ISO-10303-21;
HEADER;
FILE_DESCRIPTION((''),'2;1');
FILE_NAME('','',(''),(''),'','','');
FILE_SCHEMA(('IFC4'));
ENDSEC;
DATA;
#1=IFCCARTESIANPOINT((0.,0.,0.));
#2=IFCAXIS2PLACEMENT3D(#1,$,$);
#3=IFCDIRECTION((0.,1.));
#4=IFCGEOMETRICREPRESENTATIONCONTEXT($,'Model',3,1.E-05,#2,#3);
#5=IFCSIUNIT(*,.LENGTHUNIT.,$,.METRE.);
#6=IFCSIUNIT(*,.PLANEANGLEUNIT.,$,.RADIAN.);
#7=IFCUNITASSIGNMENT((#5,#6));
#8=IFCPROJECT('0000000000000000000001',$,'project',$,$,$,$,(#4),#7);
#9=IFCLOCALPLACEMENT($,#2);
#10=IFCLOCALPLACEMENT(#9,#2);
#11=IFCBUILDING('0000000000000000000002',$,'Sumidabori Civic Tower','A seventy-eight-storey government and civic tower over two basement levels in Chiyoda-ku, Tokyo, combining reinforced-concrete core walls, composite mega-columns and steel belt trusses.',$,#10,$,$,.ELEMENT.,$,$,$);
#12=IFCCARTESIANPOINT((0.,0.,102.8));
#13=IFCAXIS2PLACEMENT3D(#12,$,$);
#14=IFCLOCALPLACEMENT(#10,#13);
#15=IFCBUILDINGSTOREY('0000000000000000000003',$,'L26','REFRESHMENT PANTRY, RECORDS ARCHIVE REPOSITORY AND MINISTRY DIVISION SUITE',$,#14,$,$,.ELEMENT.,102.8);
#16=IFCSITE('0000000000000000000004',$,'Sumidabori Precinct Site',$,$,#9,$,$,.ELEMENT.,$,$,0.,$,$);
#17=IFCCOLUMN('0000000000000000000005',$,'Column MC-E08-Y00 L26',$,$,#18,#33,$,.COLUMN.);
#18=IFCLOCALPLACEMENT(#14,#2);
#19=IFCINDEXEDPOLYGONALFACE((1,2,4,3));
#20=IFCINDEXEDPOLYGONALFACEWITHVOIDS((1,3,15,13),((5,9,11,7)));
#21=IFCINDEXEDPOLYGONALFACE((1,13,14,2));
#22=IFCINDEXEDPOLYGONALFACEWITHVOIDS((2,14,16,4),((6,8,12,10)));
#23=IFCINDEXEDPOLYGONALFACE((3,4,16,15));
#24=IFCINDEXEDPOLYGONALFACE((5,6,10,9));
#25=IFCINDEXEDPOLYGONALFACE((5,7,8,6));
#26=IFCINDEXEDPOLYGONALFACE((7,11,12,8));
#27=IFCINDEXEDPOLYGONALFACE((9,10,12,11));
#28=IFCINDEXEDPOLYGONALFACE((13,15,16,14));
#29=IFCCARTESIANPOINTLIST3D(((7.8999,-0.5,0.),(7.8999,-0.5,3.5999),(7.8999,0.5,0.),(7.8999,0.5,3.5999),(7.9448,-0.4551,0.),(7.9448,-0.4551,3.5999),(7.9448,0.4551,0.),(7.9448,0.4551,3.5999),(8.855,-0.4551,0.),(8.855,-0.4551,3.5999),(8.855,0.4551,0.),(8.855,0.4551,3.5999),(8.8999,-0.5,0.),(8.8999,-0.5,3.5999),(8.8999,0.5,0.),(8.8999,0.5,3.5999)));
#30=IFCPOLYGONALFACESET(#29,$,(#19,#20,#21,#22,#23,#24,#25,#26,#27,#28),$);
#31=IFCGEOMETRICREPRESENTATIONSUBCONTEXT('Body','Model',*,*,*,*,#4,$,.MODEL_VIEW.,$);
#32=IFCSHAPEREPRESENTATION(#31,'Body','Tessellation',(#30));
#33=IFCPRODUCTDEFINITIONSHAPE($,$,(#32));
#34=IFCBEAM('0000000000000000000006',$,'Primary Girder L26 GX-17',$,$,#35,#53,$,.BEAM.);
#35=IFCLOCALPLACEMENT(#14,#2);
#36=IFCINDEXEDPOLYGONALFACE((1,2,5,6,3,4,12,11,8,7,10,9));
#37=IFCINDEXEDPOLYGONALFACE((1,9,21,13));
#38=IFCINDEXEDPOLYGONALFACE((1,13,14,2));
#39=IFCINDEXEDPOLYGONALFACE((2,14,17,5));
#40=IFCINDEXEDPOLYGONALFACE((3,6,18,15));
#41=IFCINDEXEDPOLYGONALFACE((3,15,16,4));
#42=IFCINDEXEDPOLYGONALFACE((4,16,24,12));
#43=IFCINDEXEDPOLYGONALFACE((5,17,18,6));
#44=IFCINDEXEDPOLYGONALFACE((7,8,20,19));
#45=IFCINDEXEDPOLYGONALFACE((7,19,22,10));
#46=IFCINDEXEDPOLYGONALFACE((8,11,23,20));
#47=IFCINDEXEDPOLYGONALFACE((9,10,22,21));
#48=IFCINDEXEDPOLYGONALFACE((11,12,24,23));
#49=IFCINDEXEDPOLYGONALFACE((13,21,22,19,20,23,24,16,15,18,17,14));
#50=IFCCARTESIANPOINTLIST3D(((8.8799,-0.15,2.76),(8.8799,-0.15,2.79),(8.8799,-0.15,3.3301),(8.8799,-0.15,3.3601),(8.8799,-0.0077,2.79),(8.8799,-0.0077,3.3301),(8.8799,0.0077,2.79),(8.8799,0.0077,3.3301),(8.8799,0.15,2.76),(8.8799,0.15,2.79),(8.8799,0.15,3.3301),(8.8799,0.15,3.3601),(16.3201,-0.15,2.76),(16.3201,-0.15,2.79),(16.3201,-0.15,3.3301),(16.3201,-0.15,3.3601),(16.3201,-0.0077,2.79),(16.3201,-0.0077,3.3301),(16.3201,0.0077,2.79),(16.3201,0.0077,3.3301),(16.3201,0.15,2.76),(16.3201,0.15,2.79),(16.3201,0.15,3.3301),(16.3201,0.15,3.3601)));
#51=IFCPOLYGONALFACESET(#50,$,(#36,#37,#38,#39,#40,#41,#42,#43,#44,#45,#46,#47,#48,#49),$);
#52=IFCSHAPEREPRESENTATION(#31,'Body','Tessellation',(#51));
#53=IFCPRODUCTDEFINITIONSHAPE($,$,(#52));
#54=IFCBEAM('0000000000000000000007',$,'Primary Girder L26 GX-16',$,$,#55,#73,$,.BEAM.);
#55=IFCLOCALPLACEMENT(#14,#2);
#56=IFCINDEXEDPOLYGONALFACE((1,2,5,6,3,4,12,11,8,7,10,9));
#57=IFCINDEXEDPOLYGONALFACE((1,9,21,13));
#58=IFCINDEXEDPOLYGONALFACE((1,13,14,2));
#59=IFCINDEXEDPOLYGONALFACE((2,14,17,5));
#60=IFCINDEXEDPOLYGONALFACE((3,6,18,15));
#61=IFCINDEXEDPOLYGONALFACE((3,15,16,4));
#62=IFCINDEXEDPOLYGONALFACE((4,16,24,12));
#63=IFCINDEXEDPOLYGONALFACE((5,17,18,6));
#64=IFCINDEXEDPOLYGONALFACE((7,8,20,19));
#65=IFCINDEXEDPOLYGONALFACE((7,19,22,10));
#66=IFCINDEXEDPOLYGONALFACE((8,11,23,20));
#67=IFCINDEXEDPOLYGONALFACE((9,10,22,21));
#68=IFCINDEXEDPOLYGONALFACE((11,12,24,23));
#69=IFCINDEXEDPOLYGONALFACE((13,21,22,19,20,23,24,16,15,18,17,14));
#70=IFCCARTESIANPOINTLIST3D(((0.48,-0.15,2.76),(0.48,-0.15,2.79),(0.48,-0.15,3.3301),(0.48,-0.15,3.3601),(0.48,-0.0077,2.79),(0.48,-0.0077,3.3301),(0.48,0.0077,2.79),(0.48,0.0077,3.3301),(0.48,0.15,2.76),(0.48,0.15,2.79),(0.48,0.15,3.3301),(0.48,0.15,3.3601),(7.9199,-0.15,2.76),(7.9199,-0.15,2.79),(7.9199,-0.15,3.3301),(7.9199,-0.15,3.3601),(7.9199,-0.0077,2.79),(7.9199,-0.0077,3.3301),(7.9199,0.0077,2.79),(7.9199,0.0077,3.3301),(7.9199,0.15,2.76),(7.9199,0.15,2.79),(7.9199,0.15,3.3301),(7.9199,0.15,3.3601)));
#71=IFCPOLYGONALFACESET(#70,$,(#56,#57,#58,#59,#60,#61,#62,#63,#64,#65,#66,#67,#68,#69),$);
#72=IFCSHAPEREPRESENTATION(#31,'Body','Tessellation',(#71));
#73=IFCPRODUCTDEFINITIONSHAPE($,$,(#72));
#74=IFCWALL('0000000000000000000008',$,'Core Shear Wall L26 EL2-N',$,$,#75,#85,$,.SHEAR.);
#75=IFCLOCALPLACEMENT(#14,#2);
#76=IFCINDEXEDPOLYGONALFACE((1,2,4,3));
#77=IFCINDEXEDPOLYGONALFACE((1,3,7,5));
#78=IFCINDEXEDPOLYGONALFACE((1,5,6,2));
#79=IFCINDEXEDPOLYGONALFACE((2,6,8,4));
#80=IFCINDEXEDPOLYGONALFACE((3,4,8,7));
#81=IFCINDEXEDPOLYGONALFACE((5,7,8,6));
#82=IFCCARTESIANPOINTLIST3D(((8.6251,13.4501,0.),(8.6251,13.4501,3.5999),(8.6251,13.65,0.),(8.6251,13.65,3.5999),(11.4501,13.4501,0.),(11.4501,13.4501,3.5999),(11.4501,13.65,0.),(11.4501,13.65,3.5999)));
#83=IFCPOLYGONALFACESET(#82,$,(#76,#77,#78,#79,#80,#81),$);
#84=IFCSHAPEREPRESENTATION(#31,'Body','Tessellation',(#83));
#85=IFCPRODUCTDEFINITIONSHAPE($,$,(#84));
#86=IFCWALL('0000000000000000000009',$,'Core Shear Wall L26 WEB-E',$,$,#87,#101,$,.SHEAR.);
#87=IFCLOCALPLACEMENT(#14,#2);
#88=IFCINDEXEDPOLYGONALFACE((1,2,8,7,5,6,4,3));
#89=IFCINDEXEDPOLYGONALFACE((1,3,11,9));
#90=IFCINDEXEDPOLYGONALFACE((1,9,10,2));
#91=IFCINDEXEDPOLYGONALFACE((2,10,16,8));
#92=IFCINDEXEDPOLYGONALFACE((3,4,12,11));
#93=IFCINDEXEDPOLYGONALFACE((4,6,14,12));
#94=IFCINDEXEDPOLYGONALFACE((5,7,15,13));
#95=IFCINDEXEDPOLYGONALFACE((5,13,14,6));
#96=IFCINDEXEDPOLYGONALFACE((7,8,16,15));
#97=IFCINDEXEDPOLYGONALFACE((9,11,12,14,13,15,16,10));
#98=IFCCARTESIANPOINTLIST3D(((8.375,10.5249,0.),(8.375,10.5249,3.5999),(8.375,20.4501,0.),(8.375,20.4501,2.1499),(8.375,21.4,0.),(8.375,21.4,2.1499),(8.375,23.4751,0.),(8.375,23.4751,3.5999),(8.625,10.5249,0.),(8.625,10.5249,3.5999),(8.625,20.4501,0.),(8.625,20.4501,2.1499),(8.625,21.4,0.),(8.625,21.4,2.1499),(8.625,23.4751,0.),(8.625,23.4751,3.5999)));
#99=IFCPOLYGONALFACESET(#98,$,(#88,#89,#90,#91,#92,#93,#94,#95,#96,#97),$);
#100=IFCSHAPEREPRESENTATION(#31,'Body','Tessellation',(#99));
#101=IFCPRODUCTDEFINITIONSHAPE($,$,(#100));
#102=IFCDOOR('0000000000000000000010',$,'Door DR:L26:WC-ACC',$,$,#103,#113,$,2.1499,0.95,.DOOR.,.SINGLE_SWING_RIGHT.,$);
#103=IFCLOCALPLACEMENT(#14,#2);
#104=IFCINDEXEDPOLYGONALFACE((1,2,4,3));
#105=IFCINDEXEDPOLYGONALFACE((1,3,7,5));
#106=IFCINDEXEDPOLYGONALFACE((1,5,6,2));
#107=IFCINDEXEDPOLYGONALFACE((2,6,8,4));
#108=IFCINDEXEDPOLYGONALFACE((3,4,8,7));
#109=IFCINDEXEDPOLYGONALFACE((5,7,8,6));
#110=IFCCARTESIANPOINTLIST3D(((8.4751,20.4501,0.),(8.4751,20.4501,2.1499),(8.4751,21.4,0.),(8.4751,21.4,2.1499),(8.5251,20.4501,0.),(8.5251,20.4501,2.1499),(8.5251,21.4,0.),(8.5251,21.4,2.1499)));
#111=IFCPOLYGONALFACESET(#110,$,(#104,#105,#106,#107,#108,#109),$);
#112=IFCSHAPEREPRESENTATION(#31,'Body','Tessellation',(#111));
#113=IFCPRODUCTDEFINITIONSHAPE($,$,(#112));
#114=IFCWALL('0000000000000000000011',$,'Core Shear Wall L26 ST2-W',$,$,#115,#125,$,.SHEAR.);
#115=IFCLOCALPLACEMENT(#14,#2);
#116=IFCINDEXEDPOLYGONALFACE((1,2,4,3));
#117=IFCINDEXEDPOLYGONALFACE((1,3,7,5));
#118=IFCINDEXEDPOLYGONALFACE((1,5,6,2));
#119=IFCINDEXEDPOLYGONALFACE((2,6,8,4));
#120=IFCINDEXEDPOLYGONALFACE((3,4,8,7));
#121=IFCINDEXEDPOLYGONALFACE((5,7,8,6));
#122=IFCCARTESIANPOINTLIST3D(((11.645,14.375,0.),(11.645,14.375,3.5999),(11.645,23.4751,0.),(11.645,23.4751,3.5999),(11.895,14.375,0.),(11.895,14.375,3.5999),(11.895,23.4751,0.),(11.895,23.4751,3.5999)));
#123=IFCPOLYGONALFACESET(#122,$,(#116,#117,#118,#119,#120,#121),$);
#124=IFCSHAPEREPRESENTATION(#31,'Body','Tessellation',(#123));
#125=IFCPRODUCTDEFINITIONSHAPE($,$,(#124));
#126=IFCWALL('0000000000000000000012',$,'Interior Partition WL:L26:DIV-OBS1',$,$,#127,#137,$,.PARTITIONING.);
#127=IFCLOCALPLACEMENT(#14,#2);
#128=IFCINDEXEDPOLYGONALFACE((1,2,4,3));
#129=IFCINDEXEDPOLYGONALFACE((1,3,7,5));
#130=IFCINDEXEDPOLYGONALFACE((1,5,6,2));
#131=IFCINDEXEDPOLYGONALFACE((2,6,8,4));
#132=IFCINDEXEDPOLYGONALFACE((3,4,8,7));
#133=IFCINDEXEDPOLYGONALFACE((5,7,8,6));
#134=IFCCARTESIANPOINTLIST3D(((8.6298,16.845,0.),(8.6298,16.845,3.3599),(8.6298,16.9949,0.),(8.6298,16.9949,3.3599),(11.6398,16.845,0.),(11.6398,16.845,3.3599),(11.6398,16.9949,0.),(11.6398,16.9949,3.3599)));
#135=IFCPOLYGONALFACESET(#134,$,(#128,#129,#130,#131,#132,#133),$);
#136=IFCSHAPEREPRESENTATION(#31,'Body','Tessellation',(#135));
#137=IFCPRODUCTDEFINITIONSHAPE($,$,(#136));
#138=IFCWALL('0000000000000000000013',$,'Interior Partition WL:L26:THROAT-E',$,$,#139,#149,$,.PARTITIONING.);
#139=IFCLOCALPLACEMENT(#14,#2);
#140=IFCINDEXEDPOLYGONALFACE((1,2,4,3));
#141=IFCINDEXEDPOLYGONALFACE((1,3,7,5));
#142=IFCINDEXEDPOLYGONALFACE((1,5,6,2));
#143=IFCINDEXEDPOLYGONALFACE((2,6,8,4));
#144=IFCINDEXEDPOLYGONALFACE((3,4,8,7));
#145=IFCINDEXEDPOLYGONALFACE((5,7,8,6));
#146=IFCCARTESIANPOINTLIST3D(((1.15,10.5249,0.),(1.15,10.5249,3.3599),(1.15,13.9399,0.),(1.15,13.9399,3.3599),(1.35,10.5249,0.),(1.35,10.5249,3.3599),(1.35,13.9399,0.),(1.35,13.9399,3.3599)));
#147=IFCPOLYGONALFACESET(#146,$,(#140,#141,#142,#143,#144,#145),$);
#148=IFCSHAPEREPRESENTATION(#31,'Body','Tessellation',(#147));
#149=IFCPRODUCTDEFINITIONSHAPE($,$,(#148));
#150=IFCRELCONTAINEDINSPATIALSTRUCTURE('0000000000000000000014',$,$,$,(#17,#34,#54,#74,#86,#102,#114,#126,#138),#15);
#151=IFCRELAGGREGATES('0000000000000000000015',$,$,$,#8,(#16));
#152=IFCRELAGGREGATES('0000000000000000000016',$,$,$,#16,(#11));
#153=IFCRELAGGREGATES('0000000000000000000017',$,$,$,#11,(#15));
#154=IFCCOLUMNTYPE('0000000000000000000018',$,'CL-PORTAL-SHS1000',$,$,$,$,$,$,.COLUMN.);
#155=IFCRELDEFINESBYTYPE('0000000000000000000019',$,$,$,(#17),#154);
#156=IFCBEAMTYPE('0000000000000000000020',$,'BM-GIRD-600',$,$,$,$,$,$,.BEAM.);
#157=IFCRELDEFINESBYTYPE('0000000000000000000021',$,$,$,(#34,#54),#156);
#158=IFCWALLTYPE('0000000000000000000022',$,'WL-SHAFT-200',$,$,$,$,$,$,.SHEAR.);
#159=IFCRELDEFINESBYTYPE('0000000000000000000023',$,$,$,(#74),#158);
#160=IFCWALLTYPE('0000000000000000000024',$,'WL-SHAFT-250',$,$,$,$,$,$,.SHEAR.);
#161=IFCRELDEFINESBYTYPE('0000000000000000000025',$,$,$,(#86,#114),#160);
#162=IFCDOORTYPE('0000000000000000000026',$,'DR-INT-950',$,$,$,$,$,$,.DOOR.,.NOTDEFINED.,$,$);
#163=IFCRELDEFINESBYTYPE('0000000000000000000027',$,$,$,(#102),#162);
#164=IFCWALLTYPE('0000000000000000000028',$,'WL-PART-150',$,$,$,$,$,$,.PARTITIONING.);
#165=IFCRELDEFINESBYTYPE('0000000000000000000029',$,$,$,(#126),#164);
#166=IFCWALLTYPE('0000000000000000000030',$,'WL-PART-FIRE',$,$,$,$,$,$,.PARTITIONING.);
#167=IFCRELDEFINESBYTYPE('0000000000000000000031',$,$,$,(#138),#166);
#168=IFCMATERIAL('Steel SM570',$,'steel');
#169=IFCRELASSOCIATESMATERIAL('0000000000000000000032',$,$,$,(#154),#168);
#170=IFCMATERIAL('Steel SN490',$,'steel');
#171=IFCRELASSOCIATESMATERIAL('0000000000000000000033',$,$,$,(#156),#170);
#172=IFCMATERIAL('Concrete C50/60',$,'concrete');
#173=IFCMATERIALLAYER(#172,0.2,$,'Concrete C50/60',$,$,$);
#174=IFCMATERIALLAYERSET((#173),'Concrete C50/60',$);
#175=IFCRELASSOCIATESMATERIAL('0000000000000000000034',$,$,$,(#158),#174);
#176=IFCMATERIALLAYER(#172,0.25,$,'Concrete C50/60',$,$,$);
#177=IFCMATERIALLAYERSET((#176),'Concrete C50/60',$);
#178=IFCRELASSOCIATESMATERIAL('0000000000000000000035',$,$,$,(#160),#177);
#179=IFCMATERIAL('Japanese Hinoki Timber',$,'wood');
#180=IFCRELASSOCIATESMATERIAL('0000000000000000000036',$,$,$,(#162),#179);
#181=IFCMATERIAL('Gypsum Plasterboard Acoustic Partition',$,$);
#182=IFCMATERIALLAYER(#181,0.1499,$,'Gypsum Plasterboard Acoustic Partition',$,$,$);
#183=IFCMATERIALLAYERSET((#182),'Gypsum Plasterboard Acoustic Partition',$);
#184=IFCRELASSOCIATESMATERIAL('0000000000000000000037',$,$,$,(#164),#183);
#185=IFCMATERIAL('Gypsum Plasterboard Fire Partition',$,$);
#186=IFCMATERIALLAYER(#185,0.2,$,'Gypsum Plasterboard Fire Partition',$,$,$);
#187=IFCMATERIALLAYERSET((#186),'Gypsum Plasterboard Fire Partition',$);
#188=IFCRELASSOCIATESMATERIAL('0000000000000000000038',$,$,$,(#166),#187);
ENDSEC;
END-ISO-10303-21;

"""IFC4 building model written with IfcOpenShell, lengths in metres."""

from ifc_helpers import new_model, si_unit, direction, frame, frame_2d, origin, origin_2d, place, context, subcontext, project, spatial, rectangle, hollow_rectangle, i_section, extrude, source, transform, mapped, material, layer, layer_set, material_profile, profile_set, type_object, element, fill, save


model = new_model("IFC4")

# Units and contexts
model_context = context("Model", 3, precision=1e-05, world=origin(), true_north=direction((0.0, 1.0)))
body_context = subcontext(model_context, "Body", "Model", "MODEL_VIEW")
ifc_project = project(units=[si_unit("LENGTHUNIT", "METRE"), si_unit("PLANEANGLEUNIT", "RADIAN")], contexts=[model_context])

# Site, building, storey
site_placement = place(None, origin())
site = spatial("IfcSite", under=ifc_project, at=site_placement, Name="Sumidabori Precinct Site", CompositionType="ELEMENT", RefElevation=0.0)
building_placement = place(site_placement, origin())
building = spatial("IfcBuilding", under=site, at=building_placement, Name="Sumidabori Civic Tower", Description="A seventy-eight-storey government and civic tower over two basement levels in Chiyoda-ku, Tokyo, combining reinforced-concrete core walls, composite mega-columns and steel belt trusses.", CompositionType="ELEMENT")
storey_placement = place(building_placement, frame((0.0, 0.0, 102.8)))
storey = spatial("IfcBuildingStorey", under=building, at=storey_placement, Name="L26", Description="REFRESHMENT PANTRY, RECORDS ARCHIVE REPOSITORY AND MINISTRY DIVISION SUITE", CompositionType="ELEMENT", Elevation=102.8)

# Column
ifc_material_1 = material(Name="Steel SM570", Category="steel")
ifc_material_profile_1 = material_profile(ifc_material_1, hollow_rectangle(XDim=1.0, YDim=1.0, WallThickness=0.0449, at=origin_2d()), Name="SHS 1000x1000x45")
ifc_profile_set_1 = profile_set([ifc_material_profile_1], Name="Steel SM570")
column_type = type_object("IfcColumnType", Name="CL-PORTAL-SHS1000", PredefinedType="COLUMN", material=ifc_profile_set_1)
shared_shape_1 = source(origin(), body_context, "Body", "SweptSolid", [
    extrude(hollow_rectangle(XDim=1.0, YDim=1.0, WallThickness=0.0449, at=origin_2d()), origin(), (0.0, 0.0, 1.0), 3.5999),
])
column_placement = place(storey_placement, frame((8.3999, 0.0, 0.0), z_axis=(0.0, 0.0, 1.0), x_axis=(1.0, 0.0, 0.0)))
element("IfcColumn", 1, at=column_placement, inside=storey, type_object=column_type, Name="Column MC-E08-Y00 L26", PredefinedType="COLUMN", context=body_context, shape_type="MappedRepresentation", body=[
    mapped(shared_shape_1, transform((0.0, 0.0, 0.0), x_axis=(1.0, 0.0, 0.0), y_axis=(0.0, 1.0, 0.0), z_axis=(0.0, 0.0, 1.0), scale=1.0)),
])

# Beams
ifc_material_2 = material(Name="Steel SN490", Category="steel")
ifc_material_profile_2 = material_profile(ifc_material_2, i_section(OverallWidth=0.3, OverallDepth=0.6001, WebThickness=0.0154, FlangeThickness=0.03, at=origin_2d()), Name="HE 600 B")
ifc_profile_set_2 = profile_set([ifc_material_profile_2], Name="Steel SN490")
beam_type = type_object("IfcBeamType", Name="BM-GIRD-600", PredefinedType="BEAM", material=ifc_profile_set_2)
shared_shape_2 = source(origin(), body_context, "Body", "SweptSolid", [
    extrude(i_section(OverallWidth=0.3, OverallDepth=0.6001, WebThickness=0.0154, FlangeThickness=0.03, at=origin_2d()), origin(), (0.0, 0.0, 1.0), 7.4402),
])
beam_1_placement = place(storey_placement, frame((8.8799, 0.0, 3.0601), z_axis=(1.0, 0.0, 0.0), x_axis=(0.0, 1.0, 0.0)))
element("IfcBeam", 2, at=beam_1_placement, inside=storey, type_object=beam_type, Name="Primary Girder L26 GX-17", PredefinedType="BEAM", context=body_context, shape_type="MappedRepresentation", body=[
    mapped(shared_shape_2, transform((0.0, 0.0, 0.0), x_axis=(1.0, 0.0, 0.0), y_axis=(0.0, 1.0, 0.0), z_axis=(0.0, 0.0, 1.0), scale=1.0)),
])
shared_shape_3 = source(origin(), body_context, "Body", "SweptSolid", [
    extrude(i_section(OverallWidth=0.3, OverallDepth=0.6001, WebThickness=0.0154, FlangeThickness=0.03, at=origin_2d()), origin(), (0.0, 0.0, 1.0), 7.4399),
])
beam_2_placement = place(storey_placement, frame((0.48, 0.0, 3.0601), z_axis=(1.0, 0.0, 0.0), x_axis=(0.0, 1.0, 0.0)))
element("IfcBeam", 3, at=beam_2_placement, inside=storey, type_object=beam_type, Name="Primary Girder L26 GX-16", PredefinedType="BEAM", context=body_context, shape_type="MappedRepresentation", body=[
    mapped(shared_shape_3, transform((0.0, 0.0, 0.0), x_axis=(1.0, 0.0, 0.0), y_axis=(0.0, 1.0, 0.0), z_axis=(0.0, 0.0, 1.0), scale=1.0)),
])

# Wall
ifc_material_3 = material(Name="Concrete C50/60", Category="concrete")
ifc_layer_1 = layer(ifc_material_3, 0.2, Name="Concrete C50/60")
ifc_layer_set_1 = layer_set([ifc_layer_1], Name="Concrete C50/60")
wall_type_1 = type_object("IfcWallType", Name="WL-SHAFT-200", PredefinedType="SHEAR", material=ifc_layer_set_1)
shared_shape_4 = source(origin(), body_context, "Body", "SweptSolid", [
    extrude(rectangle(XDim=2.825, YDim=0.2, at=frame_2d((1.4126, 0.0))), origin(), (0.0, 0.0, 1.0), 3.5999),
])
wall_1_placement = place(storey_placement, frame((8.625, 13.55, 0.0), z_axis=(0.0, 0.0, 1.0), x_axis=(1.0, 0.0, 0.0)))
element("IfcWall", 4, at=wall_1_placement, inside=storey, type_object=wall_type_1, Name="Core Shear Wall L26 EL2-N", PredefinedType="SHEAR", context=body_context, shape_type="MappedRepresentation", body=[
    mapped(shared_shape_4, transform((0.0, 0.0, 0.0), x_axis=(1.0, 0.0, 0.0), y_axis=(0.0, 1.0, 0.0), z_axis=(0.0, 0.0, 1.0), scale=1.0)),
])

# Wall, opening, door
ifc_layer_2 = layer(ifc_material_3, 0.25, Name="Concrete C50/60")
ifc_layer_set_2 = layer_set([ifc_layer_2], Name="Concrete C50/60")
wall_type_2 = type_object("IfcWallType", Name="WL-SHAFT-250", PredefinedType="SHEAR", material=ifc_layer_set_2)
shared_shape_5 = source(origin(), body_context, "Body", "SweptSolid", [
    extrude(rectangle(XDim=12.9502, YDim=0.25, at=frame_2d((6.4751, 0.0))), origin(), (0.0, 0.0, 1.0), 3.5999),
])
wall_2_placement = place(storey_placement, frame((8.5, 10.5249, 0.0), z_axis=(0.0, 0.0, 1.0), x_axis=(0.0, 1.0, 0.0)))
wall_2 = element("IfcWall", 5, at=wall_2_placement, inside=storey, type_object=wall_type_2, Name="Core Shear Wall L26 WEB-E", PredefinedType="SHEAR", context=body_context, shape_type="MappedRepresentation", body=[
    mapped(shared_shape_5, transform((0.0, 0.0, 0.0), x_axis=(1.0, 0.0, 0.0), y_axis=(0.0, 1.0, 0.0), z_axis=(0.0, 0.0, 1.0), scale=1.0)),
])
opening_1_placement = place(wall_2_placement, frame((9.925, 0.0, 0.0)))
opening_1 = element("IfcOpeningElement", 6, at=opening_1_placement, cuts=wall_2, PredefinedType="OPENING", context=body_context, shape_type="SweptSolid", body=[
    extrude(rectangle(XDim=0.95, YDim=2.1499, at=frame_2d((0.4751, 1.075))), frame((0.0, 0.137, 0.0), z_axis=(0.0, -1.0, 0.0), x_axis=(1.0, 0.0, 0.0)), (0.0, 0.0, 1.0), 0.2739),
])
ifc_material_4 = material(Name="Japanese Hinoki Timber", Category="wood")
door_type_1 = type_object("IfcDoorType", Name="DR-INT-950", OperationType="NOTDEFINED", PredefinedType="DOOR", material=ifc_material_4)
shared_shape_6 = source(origin(), body_context, "Body", "SweptSolid", [
    extrude(rectangle(XDim=0.95, YDim=2.1499, at=frame_2d((0.4751, 1.075))), frame((0.0, 0.0249, 0.0), z_axis=(0.0, -1.0, 0.0), x_axis=(1.0, 0.0, 0.0)), (0.0, 0.0, 1.0), 0.05),
])
door_1_placement = place(opening_1_placement, origin())
door_1 = element("IfcDoor", 7, at=door_1_placement, inside=storey, type_object=door_type_1, Name="Door DR:L26:WC-ACC", OperationType="SINGLE_SWING_RIGHT", OverallHeight=2.1499, OverallWidth=0.95, PredefinedType="DOOR", context=body_context, shape_type="MappedRepresentation", body=[
    mapped(shared_shape_6, transform((0.0, 0.0, 0.0), x_axis=(1.0, 0.0, 0.0), y_axis=(0.0, 1.0, 0.0), z_axis=(0.0, 0.0, 1.0), scale=1.0)),
])
fill(opening_1, door_1)

# Wall
shared_shape_7 = source(origin(), body_context, "Body", "SweptSolid", [
    extrude(rectangle(XDim=9.1001, YDim=0.25, at=frame_2d((4.55, 0.0))), origin(), (0.0, 0.0, 1.0), 3.5999),
])
wall_3_placement = place(storey_placement, frame((11.77, 14.375, 0.0), z_axis=(0.0, 0.0, 1.0), x_axis=(0.0, 1.0, 0.0)))
element("IfcWall", 8, at=wall_3_placement, inside=storey, type_object=wall_type_2, Name="Core Shear Wall L26 ST2-W", PredefinedType="SHEAR", context=body_context, shape_type="MappedRepresentation", body=[
    mapped(shared_shape_7, transform((0.0, 0.0, 0.0), x_axis=(1.0, 0.0, 0.0), y_axis=(0.0, 1.0, 0.0), z_axis=(0.0, 0.0, 1.0), scale=1.0)),
])

# Wall
ifc_material_5 = material(Name="Gypsum Plasterboard Acoustic Partition")
ifc_layer_3 = layer(ifc_material_5, 0.1499, Name="Gypsum Plasterboard Acoustic Partition")
ifc_layer_set_3 = layer_set([ifc_layer_3], Name="Gypsum Plasterboard Acoustic Partition")
wall_type_3 = type_object("IfcWallType", Name="WL-PART-150", PredefinedType="PARTITIONING", material=ifc_layer_set_3)
shared_shape_8 = source(origin(), body_context, "Body", "SweptSolid", [
    extrude(rectangle(XDim=3.01, YDim=0.1499, at=frame_2d((1.5049, 0.0))), origin(), (0.0, 0.0, 1.0), 3.3599),
])
wall_4_placement = place(storey_placement, frame((8.6299, 16.9199, 0.0), z_axis=(0.0, 0.0, 1.0), x_axis=(1.0, 0.0, 0.0)))
element("IfcWall", 9, at=wall_4_placement, inside=storey, type_object=wall_type_3, Name="Interior Partition WL:L26:DIV-OBS1", PredefinedType="PARTITIONING", context=body_context, shape_type="MappedRepresentation", body=[
    mapped(shared_shape_8, transform((0.0, 0.0, 0.0), x_axis=(1.0, 0.0, 0.0), y_axis=(0.0, 1.0, 0.0), z_axis=(0.0, 0.0, 1.0), scale=1.0)),
])

# Shared definitions
ifc_material_6 = material(Name="Gypsum Plasterboard Fire Partition")
ifc_layer_4 = layer(ifc_material_6, 0.2, Name="Gypsum Plasterboard Fire Partition")
ifc_layer_set_4 = layer_set([ifc_layer_4], Name="Gypsum Plasterboard Fire Partition")
wall_type_4 = type_object("IfcWallType", Name="WL-PART-FIRE", PredefinedType="PARTITIONING", material=ifc_layer_set_4)

# Wall
shared_shape_9 = source(origin(), body_context, "Body", "SweptSolid", [
    extrude(rectangle(XDim=3.415, YDim=0.2, at=frame_2d((1.7075, 0.0))), origin(), (0.0, 0.0, 1.0), 3.3599),
])
wall_5_placement = place(storey_placement, frame((1.25, 10.5249, 0.0), z_axis=(0.0, 0.0, 1.0), x_axis=(0.0, 1.0, 0.0)))
element("IfcWall", 10, at=wall_5_placement, inside=storey, type_object=wall_type_4, Name="Interior Partition WL:L26:THROAT-E", PredefinedType="PARTITIONING", context=body_context, shape_type="MappedRepresentation", body=[
    mapped(shared_shape_9, transform((0.0, 0.0, 0.0), x_axis=(1.0, 0.0, 0.0), y_axis=(0.0, 1.0, 0.0), z_axis=(0.0, 0.0, 1.0), scale=1.0)),
])

save(model, "model.ifc")
